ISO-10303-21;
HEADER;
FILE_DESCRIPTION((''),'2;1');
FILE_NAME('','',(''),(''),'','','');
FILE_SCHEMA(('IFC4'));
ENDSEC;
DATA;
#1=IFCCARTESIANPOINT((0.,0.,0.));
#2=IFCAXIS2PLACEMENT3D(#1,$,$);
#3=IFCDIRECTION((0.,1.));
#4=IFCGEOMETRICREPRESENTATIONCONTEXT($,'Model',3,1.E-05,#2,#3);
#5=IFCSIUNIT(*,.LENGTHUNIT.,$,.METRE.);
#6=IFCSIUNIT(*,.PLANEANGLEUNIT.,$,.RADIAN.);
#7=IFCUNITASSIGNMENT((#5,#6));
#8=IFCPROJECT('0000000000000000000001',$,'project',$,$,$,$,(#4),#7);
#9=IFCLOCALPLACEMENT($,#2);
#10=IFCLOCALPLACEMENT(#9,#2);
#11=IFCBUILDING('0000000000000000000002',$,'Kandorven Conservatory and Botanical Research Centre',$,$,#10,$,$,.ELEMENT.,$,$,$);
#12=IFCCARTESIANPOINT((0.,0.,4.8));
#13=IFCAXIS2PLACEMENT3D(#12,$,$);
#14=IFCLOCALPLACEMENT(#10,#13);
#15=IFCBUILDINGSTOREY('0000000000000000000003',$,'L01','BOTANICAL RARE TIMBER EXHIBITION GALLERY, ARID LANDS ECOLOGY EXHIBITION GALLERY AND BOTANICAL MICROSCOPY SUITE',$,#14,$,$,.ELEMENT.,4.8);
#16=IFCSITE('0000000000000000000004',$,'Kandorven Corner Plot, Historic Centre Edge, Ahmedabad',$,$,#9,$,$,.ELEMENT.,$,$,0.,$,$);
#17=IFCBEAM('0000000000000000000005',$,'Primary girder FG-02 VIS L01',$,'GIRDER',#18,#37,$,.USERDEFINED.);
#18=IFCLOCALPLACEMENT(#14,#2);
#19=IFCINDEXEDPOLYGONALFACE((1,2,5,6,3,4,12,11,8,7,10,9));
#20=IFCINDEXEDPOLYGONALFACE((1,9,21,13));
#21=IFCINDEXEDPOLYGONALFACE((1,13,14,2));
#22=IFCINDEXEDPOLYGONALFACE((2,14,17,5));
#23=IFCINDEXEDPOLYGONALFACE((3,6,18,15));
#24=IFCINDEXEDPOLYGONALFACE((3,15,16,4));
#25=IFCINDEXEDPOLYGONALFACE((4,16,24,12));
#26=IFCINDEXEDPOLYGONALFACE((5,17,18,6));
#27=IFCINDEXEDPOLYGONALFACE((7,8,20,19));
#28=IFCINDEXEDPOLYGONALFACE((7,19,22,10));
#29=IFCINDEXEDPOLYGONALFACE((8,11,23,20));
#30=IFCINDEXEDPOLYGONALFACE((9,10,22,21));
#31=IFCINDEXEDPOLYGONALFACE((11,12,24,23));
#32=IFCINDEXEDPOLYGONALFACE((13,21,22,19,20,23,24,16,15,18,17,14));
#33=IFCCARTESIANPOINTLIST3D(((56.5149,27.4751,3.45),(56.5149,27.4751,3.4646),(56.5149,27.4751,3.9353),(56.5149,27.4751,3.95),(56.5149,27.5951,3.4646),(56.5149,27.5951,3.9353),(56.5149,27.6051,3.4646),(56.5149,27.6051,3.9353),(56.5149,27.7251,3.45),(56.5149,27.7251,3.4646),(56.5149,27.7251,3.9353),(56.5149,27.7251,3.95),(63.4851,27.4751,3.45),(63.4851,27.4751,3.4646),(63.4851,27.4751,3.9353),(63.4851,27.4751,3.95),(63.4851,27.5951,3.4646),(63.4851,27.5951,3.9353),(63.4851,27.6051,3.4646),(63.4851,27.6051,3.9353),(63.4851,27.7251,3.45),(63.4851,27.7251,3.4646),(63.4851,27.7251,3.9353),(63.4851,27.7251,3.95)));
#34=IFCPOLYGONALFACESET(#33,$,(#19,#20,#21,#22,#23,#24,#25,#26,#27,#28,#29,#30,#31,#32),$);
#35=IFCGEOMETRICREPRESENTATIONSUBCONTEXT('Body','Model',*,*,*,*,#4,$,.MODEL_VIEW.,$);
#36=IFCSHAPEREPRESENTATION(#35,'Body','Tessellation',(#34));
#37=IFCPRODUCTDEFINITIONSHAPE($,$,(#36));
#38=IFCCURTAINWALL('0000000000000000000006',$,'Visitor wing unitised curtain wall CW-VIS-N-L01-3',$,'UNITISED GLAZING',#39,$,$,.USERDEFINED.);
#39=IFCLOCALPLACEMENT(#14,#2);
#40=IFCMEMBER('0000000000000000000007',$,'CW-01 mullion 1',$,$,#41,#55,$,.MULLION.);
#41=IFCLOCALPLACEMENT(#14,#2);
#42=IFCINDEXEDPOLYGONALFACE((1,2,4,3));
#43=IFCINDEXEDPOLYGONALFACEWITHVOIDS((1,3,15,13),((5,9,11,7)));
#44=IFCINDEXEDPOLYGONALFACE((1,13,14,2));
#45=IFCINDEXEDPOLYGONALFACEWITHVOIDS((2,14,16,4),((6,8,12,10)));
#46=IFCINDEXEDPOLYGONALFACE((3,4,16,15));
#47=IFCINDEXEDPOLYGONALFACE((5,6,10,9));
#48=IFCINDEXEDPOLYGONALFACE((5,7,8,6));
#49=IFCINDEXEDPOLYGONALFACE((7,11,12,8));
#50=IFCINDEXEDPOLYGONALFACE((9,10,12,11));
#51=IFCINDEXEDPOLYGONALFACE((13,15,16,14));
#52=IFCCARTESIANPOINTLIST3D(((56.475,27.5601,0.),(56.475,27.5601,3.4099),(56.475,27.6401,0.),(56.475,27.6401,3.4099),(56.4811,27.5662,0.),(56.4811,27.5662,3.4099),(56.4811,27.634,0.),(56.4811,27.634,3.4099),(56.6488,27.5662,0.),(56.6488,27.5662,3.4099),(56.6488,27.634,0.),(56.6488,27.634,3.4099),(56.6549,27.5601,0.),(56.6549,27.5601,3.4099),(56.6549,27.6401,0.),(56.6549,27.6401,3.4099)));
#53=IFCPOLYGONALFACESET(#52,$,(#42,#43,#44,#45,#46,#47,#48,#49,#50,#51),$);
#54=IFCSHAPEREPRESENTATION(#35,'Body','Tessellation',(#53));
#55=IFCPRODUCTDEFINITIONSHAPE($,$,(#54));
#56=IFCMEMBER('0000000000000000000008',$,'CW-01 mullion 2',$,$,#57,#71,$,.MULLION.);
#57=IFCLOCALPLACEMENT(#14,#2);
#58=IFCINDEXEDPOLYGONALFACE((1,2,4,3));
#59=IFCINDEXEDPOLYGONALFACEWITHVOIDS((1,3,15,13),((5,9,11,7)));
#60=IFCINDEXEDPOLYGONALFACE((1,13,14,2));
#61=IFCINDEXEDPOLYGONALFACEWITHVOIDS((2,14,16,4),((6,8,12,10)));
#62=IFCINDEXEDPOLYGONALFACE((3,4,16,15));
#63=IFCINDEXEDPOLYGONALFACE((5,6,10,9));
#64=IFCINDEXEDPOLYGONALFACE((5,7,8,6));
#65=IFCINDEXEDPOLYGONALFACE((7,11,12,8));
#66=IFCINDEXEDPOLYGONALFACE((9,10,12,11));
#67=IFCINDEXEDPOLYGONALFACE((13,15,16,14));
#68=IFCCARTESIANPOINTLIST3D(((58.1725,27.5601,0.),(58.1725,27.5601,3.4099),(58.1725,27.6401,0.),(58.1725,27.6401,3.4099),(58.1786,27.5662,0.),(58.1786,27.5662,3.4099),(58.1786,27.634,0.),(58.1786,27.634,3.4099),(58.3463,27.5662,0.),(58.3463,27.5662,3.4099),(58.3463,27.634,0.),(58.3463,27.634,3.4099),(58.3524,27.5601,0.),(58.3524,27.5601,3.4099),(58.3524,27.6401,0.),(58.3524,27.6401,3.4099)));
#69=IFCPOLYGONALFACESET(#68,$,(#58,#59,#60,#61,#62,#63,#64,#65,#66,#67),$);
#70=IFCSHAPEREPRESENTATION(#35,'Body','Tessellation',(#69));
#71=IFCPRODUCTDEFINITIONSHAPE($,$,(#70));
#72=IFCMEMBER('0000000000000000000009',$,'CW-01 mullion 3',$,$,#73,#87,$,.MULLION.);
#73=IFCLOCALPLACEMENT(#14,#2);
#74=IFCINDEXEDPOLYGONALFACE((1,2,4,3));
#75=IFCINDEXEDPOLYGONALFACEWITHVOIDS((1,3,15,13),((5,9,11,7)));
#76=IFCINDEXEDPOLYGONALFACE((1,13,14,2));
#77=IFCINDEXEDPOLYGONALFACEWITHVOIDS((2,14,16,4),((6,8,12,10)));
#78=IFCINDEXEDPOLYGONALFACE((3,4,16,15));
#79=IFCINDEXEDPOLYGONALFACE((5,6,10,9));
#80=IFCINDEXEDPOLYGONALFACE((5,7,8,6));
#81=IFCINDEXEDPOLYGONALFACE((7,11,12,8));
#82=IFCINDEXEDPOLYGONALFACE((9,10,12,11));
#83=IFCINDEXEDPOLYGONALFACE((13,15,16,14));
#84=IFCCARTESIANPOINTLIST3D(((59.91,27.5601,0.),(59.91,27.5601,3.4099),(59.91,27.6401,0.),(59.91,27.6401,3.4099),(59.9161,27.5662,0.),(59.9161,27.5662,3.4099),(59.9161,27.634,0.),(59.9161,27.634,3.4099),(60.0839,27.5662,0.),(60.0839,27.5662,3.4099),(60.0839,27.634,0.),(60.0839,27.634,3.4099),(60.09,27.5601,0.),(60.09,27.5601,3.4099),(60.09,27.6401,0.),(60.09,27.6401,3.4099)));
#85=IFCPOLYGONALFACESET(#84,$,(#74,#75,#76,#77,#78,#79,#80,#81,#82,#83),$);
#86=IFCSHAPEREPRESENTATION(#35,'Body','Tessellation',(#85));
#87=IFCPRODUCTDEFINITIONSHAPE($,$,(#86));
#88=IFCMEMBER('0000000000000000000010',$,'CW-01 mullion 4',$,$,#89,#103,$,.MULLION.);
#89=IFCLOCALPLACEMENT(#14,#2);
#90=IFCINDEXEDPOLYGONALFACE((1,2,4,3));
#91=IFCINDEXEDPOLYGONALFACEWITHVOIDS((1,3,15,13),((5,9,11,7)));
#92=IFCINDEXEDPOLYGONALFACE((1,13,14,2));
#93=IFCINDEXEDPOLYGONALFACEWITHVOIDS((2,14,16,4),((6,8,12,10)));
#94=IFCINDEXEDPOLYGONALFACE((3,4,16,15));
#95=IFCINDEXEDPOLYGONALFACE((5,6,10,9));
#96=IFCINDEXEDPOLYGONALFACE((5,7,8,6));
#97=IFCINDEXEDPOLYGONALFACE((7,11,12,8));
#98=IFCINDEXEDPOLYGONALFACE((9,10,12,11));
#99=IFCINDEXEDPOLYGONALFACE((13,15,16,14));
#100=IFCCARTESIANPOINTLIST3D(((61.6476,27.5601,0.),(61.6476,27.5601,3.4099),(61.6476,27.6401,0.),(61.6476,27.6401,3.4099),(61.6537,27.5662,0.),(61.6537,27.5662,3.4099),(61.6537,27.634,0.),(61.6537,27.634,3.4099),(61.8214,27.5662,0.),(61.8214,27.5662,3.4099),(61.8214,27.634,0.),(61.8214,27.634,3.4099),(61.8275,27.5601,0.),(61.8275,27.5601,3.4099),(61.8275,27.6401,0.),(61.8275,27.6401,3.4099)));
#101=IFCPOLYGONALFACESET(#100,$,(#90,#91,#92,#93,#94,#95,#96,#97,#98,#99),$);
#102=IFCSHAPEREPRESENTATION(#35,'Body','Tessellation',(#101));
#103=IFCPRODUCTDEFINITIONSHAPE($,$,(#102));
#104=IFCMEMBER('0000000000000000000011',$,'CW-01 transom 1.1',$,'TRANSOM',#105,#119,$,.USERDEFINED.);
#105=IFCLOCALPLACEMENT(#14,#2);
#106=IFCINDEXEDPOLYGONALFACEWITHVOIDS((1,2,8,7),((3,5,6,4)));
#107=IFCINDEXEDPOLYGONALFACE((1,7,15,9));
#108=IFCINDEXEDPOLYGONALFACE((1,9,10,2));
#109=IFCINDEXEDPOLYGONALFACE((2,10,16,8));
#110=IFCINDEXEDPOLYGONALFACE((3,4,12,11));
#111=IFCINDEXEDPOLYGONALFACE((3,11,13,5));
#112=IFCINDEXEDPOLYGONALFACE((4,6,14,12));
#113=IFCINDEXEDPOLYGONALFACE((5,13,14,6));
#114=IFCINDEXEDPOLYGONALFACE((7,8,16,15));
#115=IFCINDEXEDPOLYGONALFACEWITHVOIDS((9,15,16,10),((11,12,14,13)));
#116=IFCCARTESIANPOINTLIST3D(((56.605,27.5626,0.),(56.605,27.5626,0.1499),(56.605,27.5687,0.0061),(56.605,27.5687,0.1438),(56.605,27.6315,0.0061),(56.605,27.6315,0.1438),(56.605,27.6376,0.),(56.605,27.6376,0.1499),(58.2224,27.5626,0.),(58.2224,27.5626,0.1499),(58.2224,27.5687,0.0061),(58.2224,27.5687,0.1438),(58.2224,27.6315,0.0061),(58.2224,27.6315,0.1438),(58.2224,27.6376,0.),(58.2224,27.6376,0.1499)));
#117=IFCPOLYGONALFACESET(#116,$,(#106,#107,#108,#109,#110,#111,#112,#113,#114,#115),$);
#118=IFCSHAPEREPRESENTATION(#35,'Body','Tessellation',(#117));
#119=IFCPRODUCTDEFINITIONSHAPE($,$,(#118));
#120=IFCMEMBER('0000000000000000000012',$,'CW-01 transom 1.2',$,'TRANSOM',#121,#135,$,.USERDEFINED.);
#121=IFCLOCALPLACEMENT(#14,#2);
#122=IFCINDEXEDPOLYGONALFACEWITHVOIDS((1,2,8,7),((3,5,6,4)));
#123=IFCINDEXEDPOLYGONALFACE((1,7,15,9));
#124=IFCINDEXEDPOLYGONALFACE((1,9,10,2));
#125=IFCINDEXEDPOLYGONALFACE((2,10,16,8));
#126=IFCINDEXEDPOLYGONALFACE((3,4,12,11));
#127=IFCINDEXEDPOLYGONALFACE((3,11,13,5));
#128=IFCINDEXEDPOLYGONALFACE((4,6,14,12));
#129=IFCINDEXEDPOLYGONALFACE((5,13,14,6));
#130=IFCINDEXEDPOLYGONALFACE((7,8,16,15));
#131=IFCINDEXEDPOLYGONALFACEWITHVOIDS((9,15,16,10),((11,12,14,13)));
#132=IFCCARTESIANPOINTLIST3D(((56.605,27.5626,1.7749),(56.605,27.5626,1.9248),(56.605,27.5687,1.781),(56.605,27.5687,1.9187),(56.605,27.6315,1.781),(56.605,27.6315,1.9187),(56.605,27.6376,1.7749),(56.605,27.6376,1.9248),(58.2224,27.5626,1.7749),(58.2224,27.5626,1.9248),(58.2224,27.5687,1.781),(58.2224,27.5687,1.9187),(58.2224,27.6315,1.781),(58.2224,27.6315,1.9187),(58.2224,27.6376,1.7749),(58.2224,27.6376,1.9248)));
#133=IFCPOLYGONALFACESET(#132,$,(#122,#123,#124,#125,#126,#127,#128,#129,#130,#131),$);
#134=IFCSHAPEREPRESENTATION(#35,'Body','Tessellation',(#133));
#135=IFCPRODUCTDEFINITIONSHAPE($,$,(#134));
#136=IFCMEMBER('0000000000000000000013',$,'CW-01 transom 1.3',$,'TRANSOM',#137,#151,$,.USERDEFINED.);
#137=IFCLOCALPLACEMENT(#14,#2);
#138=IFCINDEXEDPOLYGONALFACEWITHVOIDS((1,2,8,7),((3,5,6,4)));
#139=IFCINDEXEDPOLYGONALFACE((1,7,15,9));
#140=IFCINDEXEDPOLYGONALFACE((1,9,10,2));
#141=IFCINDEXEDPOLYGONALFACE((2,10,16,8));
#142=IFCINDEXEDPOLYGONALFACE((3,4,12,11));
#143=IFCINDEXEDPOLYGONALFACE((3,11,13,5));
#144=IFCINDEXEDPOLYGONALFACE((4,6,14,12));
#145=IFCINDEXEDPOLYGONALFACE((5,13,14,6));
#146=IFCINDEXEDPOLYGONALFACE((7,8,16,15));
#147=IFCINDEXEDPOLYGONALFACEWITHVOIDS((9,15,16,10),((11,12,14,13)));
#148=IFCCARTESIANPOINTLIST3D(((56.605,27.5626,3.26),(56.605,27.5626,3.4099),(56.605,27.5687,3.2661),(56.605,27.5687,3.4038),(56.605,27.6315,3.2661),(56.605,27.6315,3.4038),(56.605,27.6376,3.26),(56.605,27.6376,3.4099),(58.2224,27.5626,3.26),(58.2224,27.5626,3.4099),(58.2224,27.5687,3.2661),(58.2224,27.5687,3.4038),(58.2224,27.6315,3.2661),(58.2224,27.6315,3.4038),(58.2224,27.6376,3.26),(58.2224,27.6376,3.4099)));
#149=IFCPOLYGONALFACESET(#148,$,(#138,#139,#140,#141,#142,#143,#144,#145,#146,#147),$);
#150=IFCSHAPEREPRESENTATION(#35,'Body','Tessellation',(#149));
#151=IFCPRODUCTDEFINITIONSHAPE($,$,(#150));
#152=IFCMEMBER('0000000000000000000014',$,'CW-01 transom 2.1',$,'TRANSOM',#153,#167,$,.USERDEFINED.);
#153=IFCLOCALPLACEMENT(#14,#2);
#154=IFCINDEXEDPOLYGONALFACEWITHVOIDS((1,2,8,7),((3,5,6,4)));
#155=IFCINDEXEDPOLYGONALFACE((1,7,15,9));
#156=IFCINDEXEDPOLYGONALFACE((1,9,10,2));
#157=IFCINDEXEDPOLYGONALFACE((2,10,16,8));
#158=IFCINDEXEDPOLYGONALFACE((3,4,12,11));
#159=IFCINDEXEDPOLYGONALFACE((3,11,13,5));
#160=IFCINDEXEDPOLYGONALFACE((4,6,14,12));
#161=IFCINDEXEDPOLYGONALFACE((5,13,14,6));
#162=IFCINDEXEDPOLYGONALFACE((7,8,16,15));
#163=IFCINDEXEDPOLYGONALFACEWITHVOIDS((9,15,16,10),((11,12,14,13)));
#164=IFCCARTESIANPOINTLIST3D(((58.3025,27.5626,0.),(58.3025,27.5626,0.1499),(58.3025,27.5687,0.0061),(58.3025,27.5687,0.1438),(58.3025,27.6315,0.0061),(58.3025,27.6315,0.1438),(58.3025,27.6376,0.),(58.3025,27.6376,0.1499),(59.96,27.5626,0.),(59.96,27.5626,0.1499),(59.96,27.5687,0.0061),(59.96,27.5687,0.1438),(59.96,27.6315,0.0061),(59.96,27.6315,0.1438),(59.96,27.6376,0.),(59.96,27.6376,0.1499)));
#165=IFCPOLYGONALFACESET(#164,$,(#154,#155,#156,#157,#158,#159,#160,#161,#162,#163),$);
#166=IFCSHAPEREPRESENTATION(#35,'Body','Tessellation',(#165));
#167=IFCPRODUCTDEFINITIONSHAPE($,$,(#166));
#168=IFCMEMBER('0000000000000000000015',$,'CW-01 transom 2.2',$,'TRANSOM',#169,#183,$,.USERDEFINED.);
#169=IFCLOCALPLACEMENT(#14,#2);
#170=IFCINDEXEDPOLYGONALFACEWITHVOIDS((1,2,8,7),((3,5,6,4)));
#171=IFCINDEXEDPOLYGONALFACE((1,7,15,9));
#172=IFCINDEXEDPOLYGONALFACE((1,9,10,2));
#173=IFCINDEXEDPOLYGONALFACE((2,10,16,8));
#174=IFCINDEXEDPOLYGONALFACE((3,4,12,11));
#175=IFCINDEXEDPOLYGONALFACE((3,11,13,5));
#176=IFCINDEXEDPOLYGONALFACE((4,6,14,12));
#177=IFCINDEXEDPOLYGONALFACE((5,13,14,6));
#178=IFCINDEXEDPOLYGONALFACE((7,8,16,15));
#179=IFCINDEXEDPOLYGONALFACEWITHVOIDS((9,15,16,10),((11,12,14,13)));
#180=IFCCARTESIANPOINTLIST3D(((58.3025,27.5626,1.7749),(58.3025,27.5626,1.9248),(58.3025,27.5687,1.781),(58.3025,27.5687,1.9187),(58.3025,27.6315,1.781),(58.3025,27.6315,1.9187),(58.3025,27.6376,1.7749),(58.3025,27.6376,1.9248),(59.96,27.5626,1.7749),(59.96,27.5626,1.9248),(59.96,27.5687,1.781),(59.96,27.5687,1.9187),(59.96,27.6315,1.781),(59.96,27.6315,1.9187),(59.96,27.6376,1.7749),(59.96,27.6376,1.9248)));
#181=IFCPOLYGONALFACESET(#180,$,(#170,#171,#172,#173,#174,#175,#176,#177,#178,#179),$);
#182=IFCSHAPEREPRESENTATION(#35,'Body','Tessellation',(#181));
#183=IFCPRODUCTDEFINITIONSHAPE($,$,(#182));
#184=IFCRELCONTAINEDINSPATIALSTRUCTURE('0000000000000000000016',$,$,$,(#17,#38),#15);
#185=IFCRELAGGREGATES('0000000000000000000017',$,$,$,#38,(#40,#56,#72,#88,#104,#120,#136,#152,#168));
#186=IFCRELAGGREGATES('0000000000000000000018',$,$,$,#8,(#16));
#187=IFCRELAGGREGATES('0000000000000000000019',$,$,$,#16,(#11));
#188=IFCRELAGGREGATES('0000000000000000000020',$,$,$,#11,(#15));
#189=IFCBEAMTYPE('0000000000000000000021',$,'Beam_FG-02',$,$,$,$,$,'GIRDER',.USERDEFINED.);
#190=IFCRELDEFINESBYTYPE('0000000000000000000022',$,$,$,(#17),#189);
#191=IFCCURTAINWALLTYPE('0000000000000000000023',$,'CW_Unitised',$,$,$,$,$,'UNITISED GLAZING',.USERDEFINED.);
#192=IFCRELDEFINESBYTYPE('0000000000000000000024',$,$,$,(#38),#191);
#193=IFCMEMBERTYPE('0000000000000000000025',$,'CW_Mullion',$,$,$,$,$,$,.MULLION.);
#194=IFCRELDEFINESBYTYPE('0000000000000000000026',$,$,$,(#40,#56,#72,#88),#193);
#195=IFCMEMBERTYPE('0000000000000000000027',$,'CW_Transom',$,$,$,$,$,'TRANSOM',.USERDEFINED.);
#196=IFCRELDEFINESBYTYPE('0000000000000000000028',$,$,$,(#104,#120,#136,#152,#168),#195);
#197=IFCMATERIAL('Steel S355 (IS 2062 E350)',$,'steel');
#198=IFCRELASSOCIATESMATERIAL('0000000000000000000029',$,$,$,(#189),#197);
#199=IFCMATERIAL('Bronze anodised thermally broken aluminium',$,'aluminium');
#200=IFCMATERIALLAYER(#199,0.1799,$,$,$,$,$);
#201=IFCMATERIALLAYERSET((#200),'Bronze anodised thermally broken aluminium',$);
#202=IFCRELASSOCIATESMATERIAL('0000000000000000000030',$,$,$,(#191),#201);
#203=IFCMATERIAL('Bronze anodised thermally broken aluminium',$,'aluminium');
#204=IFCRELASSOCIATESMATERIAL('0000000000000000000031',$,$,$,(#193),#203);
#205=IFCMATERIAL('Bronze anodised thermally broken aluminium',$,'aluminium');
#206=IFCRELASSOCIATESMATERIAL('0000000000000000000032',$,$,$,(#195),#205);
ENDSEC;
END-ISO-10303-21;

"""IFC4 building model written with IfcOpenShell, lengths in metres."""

from ifc_helpers import new_model, si_unit, direction, frame, origin, origin_2d, place, context, subcontext, project, spatial, hollow_rectangle, i_section, extrude, material, layer, layer_set, material_profile, profile_set, type_object, element, aggregate, save


model = new_model("IFC4")

# Units and contexts
model_context = context("Model", 3, precision=1e-05, world=origin(), true_north=direction((0.0, 1.0)))
body_context = subcontext(model_context, "Body", "Model", "MODEL_VIEW")
ifc_project = project(units=[si_unit("LENGTHUNIT", "METRE"), si_unit("PLANEANGLEUNIT", "RADIAN")], contexts=[model_context])

# Site, building, storey
site_placement = place(None, origin())
site = spatial("IfcSite", under=ifc_project, at=site_placement, Name="Kandorven Corner Plot, Historic Centre Edge, Ahmedabad", CompositionType="ELEMENT", RefElevation=0.0)
building_placement = place(site_placement, origin())
building = spatial("IfcBuilding", under=site, at=building_placement, Name="Kandorven Conservatory and Botanical Research Centre", CompositionType="ELEMENT")
storey_placement = place(building_placement, frame((0.0, 0.0, 4.8)))
storey = spatial("IfcBuildingStorey", under=building, at=storey_placement, Name="L01", Description="BOTANICAL RARE TIMBER EXHIBITION GALLERY, ARID LANDS ECOLOGY EXHIBITION GALLERY AND BOTANICAL MICROSCOPY SUITE", CompositionType="ELEMENT", Elevation=4.8)

# Beam
ifc_material_1 = material(Name="Steel S355 (IS 2062 E350)", Category="steel")
ifc_material_profile_1 = material_profile(ifc_material_1, i_section(OverallWidth=0.25, OverallDepth=0.5, WebThickness=0.01, FlangeThickness=0.0146, at=origin_2d()))
ifc_profile_set_1 = profile_set([ifc_material_profile_1], Name="Steel S355 (IS 2062 E350)")
beam_type = type_object("IfcBeamType", Name="Beam_FG-02", ElementType="GIRDER", PredefinedType="USERDEFINED", material=ifc_profile_set_1)
beam_placement = place(storey_placement, frame((56.5149, 27.6001, 3.7), z_axis=(1.0, 0.0, 0.0), x_axis=(0.0, 1.0, 0.0)))
element("IfcBeam", 1, at=beam_placement, inside=storey, type_object=beam_type, Name="Primary girder FG-02 VIS L01", ObjectType="GIRDER", PredefinedType="USERDEFINED", context=body_context, shape_type="SweptSolid", body=[
    extrude(i_section(OverallWidth=0.25, OverallDepth=0.5, WebThickness=0.01, FlangeThickness=0.0146, at=origin_2d()), origin(), (0.0, 0.0, 1.0), 6.9702),
])

# Curtain wall, members
ifc_material_2 = material(Name="Bronze anodised thermally broken aluminium", Category="aluminium")
ifc_layer_1 = layer(ifc_material_2, 0.1799)
ifc_layer_set_1 = layer_set([ifc_layer_1], Name="Bronze anodised thermally broken aluminium")
curtain_wall_type = type_object("IfcCurtainWallType", Name="CW_Unitised", ElementType="UNITISED GLAZING", PredefinedType="USERDEFINED", material=ifc_layer_set_1)
curtain_wall_placement = place(storey_placement, origin())
curtain_wall = element("IfcCurtainWall", 2, at=curtain_wall_placement, inside=storey, type_object=curtain_wall_type, Name="Visitor wing unitised curtain wall CW-VIS-N-L01-3", ObjectType="UNITISED GLAZING", PredefinedType="USERDEFINED")
ifc_material_3 = material(Name="Bronze anodised thermally broken aluminium", Category="aluminium")
ifc_material_profile_2 = material_profile(ifc_material_3, hollow_rectangle(XDim=0.0801, YDim=0.1799, WallThickness=0.0061, at=origin_2d()))
ifc_profile_set_2 = profile_set([ifc_material_profile_2], Name="Bronze anodised thermally broken aluminium")
member_type_1 = type_object("IfcMemberType", Name="CW_Mullion", PredefinedType="MULLION", material=ifc_profile_set_2)
member_1_placement = place(storey_placement, frame((56.5649, 27.6001, 0.0), z_axis=(0.0, 0.0, 1.0), x_axis=(0.0, 1.0, 0.0)))
member_1 = element("IfcMember", 3, at=member_1_placement, type_object=member_type_1, Name="CW-01 mullion 1", PredefinedType="MULLION", context=body_context, shape_type="SweptSolid", body=[
    extrude(hollow_rectangle(XDim=0.0801, YDim=0.1799, WallThickness=0.0061, at=origin_2d()), origin(), (0.0, 0.0, 1.0), 3.4099),
])
member_2_placement = place(storey_placement, frame((58.2625, 27.6001, 0.0), z_axis=(0.0, 0.0, 1.0), x_axis=(0.0, 1.0, 0.0)))
member_2 = element("IfcMember", 4, at=member_2_placement, type_object=member_type_1, Name="CW-01 mullion 2", PredefinedType="MULLION", context=body_context, shape_type="SweptSolid", body=[
    extrude(hollow_rectangle(XDim=0.0801, YDim=0.1799, WallThickness=0.0061, at=origin_2d()), origin(), (0.0, 0.0, 1.0), 3.4099),
])
member_3_placement = place(storey_placement, frame((60.0, 27.6001, 0.0), z_axis=(0.0, 0.0, 1.0), x_axis=(0.0, 1.0, 0.0)))
member_3 = element("IfcMember", 5, at=member_3_placement, type_object=member_type_1, Name="CW-01 mullion 3", PredefinedType="MULLION", context=body_context, shape_type="SweptSolid", body=[
    extrude(hollow_rectangle(XDim=0.0801, YDim=0.1799, WallThickness=0.0061, at=origin_2d()), origin(), (0.0, 0.0, 1.0), 3.4099),
])
member_4_placement = place(storey_placement, frame((61.7375, 27.6001, 0.0), z_axis=(0.0, 0.0, 1.0), x_axis=(0.0, 1.0, 0.0)))
member_4 = element("IfcMember", 6, at=member_4_placement, type_object=member_type_1, Name="CW-01 mullion 4", PredefinedType="MULLION", context=body_context, shape_type="SweptSolid", body=[
    extrude(hollow_rectangle(XDim=0.0801, YDim=0.1799, WallThickness=0.0061, at=origin_2d()), origin(), (0.0, 0.0, 1.0), 3.4099),
])
ifc_material_4 = material(Name="Bronze anodised thermally broken aluminium", Category="aluminium")
ifc_material_profile_3 = material_profile(ifc_material_4, hollow_rectangle(XDim=0.075, YDim=0.1499, WallThickness=0.0061, at=origin_2d()))
ifc_profile_set_3 = profile_set([ifc_material_profile_3], Name="Bronze anodised thermally broken aluminium")
member_type_2 = type_object("IfcMemberType", Name="CW_Transom", ElementType="TRANSOM", PredefinedType="USERDEFINED", material=ifc_profile_set_3)
member_5_placement = place(storey_placement, frame((56.605, 27.6001, 0.075), z_axis=(1.0, 0.0, 0.0), x_axis=(0.0, 1.0, 0.0)))
member_5 = element("IfcMember", 7, at=member_5_placement, type_object=member_type_2, Name="CW-01 transom 1.1", ObjectType="TRANSOM", PredefinedType="USERDEFINED", context=body_context, shape_type="SweptSolid", body=[
    extrude(hollow_rectangle(XDim=0.075, YDim=0.1499, WallThickness=0.0061, at=origin_2d()), origin(), (0.0, 0.0, 1.0), 1.6174),
])
member_6_placement = place(storey_placement, frame((56.605, 27.6001, 1.8499), z_axis=(1.0, 0.0, 0.0), x_axis=(0.0, 1.0, 0.0)))
member_6 = element("IfcMember", 8, at=member_6_placement, type_object=member_type_2, Name="CW-01 transom 1.2", ObjectType="TRANSOM", PredefinedType="USERDEFINED", context=body_context, shape_type="SweptSolid", body=[
    extrude(hollow_rectangle(XDim=0.075, YDim=0.1499, WallThickness=0.0061, at=origin_2d()), origin(), (0.0, 0.0, 1.0), 1.6174),
])
member_7_placement = place(storey_placement, frame((56.605, 27.6001, 3.335), z_axis=(1.0, 0.0, 0.0), x_axis=(0.0, 1.0, 0.0)))
member_7 = element("IfcMember", 9, at=member_7_placement, type_object=member_type_2, Name="CW-01 transom 1.3", ObjectType="TRANSOM", PredefinedType="USERDEFINED", context=body_context, shape_type="SweptSolid", body=[
    extrude(hollow_rectangle(XDim=0.075, YDim=0.1499, WallThickness=0.0061, at=origin_2d()), origin(), (0.0, 0.0, 1.0), 1.6174),
])
member_8_placement = place(storey_placement, frame((58.3025, 27.6001, 0.075), z_axis=(1.0, 0.0, 0.0), x_axis=(0.0, 1.0, 0.0)))
member_8 = element("IfcMember", 10, at=member_8_placement, type_object=member_type_2, Name="CW-01 transom 2.1", ObjectType="TRANSOM", PredefinedType="USERDEFINED", context=body_context, shape_type="SweptSolid", body=[
    extrude(hollow_rectangle(XDim=0.075, YDim=0.1499, WallThickness=0.0061, at=origin_2d()), origin(), (0.0, 0.0, 1.0), 1.6575),
])
member_9_placement = place(storey_placement, frame((58.3025, 27.6001, 1.8499), z_axis=(1.0, 0.0, 0.0), x_axis=(0.0, 1.0, 0.0)))
member_9 = element("IfcMember", 11, at=member_9_placement, type_object=member_type_2, Name="CW-01 transom 2.2", ObjectType="TRANSOM", PredefinedType="USERDEFINED", context=body_context, shape_type="SweptSolid", body=[
    extrude(hollow_rectangle(XDim=0.075, YDim=0.1499, WallThickness=0.0061, at=origin_2d()), origin(), (0.0, 0.0, 1.0), 1.6575),
])
aggregate(curtain_wall, [member_1, member_2, member_3, member_4, member_5, member_6, member_7, member_8, member_9])

save(model, "model.ifc")
